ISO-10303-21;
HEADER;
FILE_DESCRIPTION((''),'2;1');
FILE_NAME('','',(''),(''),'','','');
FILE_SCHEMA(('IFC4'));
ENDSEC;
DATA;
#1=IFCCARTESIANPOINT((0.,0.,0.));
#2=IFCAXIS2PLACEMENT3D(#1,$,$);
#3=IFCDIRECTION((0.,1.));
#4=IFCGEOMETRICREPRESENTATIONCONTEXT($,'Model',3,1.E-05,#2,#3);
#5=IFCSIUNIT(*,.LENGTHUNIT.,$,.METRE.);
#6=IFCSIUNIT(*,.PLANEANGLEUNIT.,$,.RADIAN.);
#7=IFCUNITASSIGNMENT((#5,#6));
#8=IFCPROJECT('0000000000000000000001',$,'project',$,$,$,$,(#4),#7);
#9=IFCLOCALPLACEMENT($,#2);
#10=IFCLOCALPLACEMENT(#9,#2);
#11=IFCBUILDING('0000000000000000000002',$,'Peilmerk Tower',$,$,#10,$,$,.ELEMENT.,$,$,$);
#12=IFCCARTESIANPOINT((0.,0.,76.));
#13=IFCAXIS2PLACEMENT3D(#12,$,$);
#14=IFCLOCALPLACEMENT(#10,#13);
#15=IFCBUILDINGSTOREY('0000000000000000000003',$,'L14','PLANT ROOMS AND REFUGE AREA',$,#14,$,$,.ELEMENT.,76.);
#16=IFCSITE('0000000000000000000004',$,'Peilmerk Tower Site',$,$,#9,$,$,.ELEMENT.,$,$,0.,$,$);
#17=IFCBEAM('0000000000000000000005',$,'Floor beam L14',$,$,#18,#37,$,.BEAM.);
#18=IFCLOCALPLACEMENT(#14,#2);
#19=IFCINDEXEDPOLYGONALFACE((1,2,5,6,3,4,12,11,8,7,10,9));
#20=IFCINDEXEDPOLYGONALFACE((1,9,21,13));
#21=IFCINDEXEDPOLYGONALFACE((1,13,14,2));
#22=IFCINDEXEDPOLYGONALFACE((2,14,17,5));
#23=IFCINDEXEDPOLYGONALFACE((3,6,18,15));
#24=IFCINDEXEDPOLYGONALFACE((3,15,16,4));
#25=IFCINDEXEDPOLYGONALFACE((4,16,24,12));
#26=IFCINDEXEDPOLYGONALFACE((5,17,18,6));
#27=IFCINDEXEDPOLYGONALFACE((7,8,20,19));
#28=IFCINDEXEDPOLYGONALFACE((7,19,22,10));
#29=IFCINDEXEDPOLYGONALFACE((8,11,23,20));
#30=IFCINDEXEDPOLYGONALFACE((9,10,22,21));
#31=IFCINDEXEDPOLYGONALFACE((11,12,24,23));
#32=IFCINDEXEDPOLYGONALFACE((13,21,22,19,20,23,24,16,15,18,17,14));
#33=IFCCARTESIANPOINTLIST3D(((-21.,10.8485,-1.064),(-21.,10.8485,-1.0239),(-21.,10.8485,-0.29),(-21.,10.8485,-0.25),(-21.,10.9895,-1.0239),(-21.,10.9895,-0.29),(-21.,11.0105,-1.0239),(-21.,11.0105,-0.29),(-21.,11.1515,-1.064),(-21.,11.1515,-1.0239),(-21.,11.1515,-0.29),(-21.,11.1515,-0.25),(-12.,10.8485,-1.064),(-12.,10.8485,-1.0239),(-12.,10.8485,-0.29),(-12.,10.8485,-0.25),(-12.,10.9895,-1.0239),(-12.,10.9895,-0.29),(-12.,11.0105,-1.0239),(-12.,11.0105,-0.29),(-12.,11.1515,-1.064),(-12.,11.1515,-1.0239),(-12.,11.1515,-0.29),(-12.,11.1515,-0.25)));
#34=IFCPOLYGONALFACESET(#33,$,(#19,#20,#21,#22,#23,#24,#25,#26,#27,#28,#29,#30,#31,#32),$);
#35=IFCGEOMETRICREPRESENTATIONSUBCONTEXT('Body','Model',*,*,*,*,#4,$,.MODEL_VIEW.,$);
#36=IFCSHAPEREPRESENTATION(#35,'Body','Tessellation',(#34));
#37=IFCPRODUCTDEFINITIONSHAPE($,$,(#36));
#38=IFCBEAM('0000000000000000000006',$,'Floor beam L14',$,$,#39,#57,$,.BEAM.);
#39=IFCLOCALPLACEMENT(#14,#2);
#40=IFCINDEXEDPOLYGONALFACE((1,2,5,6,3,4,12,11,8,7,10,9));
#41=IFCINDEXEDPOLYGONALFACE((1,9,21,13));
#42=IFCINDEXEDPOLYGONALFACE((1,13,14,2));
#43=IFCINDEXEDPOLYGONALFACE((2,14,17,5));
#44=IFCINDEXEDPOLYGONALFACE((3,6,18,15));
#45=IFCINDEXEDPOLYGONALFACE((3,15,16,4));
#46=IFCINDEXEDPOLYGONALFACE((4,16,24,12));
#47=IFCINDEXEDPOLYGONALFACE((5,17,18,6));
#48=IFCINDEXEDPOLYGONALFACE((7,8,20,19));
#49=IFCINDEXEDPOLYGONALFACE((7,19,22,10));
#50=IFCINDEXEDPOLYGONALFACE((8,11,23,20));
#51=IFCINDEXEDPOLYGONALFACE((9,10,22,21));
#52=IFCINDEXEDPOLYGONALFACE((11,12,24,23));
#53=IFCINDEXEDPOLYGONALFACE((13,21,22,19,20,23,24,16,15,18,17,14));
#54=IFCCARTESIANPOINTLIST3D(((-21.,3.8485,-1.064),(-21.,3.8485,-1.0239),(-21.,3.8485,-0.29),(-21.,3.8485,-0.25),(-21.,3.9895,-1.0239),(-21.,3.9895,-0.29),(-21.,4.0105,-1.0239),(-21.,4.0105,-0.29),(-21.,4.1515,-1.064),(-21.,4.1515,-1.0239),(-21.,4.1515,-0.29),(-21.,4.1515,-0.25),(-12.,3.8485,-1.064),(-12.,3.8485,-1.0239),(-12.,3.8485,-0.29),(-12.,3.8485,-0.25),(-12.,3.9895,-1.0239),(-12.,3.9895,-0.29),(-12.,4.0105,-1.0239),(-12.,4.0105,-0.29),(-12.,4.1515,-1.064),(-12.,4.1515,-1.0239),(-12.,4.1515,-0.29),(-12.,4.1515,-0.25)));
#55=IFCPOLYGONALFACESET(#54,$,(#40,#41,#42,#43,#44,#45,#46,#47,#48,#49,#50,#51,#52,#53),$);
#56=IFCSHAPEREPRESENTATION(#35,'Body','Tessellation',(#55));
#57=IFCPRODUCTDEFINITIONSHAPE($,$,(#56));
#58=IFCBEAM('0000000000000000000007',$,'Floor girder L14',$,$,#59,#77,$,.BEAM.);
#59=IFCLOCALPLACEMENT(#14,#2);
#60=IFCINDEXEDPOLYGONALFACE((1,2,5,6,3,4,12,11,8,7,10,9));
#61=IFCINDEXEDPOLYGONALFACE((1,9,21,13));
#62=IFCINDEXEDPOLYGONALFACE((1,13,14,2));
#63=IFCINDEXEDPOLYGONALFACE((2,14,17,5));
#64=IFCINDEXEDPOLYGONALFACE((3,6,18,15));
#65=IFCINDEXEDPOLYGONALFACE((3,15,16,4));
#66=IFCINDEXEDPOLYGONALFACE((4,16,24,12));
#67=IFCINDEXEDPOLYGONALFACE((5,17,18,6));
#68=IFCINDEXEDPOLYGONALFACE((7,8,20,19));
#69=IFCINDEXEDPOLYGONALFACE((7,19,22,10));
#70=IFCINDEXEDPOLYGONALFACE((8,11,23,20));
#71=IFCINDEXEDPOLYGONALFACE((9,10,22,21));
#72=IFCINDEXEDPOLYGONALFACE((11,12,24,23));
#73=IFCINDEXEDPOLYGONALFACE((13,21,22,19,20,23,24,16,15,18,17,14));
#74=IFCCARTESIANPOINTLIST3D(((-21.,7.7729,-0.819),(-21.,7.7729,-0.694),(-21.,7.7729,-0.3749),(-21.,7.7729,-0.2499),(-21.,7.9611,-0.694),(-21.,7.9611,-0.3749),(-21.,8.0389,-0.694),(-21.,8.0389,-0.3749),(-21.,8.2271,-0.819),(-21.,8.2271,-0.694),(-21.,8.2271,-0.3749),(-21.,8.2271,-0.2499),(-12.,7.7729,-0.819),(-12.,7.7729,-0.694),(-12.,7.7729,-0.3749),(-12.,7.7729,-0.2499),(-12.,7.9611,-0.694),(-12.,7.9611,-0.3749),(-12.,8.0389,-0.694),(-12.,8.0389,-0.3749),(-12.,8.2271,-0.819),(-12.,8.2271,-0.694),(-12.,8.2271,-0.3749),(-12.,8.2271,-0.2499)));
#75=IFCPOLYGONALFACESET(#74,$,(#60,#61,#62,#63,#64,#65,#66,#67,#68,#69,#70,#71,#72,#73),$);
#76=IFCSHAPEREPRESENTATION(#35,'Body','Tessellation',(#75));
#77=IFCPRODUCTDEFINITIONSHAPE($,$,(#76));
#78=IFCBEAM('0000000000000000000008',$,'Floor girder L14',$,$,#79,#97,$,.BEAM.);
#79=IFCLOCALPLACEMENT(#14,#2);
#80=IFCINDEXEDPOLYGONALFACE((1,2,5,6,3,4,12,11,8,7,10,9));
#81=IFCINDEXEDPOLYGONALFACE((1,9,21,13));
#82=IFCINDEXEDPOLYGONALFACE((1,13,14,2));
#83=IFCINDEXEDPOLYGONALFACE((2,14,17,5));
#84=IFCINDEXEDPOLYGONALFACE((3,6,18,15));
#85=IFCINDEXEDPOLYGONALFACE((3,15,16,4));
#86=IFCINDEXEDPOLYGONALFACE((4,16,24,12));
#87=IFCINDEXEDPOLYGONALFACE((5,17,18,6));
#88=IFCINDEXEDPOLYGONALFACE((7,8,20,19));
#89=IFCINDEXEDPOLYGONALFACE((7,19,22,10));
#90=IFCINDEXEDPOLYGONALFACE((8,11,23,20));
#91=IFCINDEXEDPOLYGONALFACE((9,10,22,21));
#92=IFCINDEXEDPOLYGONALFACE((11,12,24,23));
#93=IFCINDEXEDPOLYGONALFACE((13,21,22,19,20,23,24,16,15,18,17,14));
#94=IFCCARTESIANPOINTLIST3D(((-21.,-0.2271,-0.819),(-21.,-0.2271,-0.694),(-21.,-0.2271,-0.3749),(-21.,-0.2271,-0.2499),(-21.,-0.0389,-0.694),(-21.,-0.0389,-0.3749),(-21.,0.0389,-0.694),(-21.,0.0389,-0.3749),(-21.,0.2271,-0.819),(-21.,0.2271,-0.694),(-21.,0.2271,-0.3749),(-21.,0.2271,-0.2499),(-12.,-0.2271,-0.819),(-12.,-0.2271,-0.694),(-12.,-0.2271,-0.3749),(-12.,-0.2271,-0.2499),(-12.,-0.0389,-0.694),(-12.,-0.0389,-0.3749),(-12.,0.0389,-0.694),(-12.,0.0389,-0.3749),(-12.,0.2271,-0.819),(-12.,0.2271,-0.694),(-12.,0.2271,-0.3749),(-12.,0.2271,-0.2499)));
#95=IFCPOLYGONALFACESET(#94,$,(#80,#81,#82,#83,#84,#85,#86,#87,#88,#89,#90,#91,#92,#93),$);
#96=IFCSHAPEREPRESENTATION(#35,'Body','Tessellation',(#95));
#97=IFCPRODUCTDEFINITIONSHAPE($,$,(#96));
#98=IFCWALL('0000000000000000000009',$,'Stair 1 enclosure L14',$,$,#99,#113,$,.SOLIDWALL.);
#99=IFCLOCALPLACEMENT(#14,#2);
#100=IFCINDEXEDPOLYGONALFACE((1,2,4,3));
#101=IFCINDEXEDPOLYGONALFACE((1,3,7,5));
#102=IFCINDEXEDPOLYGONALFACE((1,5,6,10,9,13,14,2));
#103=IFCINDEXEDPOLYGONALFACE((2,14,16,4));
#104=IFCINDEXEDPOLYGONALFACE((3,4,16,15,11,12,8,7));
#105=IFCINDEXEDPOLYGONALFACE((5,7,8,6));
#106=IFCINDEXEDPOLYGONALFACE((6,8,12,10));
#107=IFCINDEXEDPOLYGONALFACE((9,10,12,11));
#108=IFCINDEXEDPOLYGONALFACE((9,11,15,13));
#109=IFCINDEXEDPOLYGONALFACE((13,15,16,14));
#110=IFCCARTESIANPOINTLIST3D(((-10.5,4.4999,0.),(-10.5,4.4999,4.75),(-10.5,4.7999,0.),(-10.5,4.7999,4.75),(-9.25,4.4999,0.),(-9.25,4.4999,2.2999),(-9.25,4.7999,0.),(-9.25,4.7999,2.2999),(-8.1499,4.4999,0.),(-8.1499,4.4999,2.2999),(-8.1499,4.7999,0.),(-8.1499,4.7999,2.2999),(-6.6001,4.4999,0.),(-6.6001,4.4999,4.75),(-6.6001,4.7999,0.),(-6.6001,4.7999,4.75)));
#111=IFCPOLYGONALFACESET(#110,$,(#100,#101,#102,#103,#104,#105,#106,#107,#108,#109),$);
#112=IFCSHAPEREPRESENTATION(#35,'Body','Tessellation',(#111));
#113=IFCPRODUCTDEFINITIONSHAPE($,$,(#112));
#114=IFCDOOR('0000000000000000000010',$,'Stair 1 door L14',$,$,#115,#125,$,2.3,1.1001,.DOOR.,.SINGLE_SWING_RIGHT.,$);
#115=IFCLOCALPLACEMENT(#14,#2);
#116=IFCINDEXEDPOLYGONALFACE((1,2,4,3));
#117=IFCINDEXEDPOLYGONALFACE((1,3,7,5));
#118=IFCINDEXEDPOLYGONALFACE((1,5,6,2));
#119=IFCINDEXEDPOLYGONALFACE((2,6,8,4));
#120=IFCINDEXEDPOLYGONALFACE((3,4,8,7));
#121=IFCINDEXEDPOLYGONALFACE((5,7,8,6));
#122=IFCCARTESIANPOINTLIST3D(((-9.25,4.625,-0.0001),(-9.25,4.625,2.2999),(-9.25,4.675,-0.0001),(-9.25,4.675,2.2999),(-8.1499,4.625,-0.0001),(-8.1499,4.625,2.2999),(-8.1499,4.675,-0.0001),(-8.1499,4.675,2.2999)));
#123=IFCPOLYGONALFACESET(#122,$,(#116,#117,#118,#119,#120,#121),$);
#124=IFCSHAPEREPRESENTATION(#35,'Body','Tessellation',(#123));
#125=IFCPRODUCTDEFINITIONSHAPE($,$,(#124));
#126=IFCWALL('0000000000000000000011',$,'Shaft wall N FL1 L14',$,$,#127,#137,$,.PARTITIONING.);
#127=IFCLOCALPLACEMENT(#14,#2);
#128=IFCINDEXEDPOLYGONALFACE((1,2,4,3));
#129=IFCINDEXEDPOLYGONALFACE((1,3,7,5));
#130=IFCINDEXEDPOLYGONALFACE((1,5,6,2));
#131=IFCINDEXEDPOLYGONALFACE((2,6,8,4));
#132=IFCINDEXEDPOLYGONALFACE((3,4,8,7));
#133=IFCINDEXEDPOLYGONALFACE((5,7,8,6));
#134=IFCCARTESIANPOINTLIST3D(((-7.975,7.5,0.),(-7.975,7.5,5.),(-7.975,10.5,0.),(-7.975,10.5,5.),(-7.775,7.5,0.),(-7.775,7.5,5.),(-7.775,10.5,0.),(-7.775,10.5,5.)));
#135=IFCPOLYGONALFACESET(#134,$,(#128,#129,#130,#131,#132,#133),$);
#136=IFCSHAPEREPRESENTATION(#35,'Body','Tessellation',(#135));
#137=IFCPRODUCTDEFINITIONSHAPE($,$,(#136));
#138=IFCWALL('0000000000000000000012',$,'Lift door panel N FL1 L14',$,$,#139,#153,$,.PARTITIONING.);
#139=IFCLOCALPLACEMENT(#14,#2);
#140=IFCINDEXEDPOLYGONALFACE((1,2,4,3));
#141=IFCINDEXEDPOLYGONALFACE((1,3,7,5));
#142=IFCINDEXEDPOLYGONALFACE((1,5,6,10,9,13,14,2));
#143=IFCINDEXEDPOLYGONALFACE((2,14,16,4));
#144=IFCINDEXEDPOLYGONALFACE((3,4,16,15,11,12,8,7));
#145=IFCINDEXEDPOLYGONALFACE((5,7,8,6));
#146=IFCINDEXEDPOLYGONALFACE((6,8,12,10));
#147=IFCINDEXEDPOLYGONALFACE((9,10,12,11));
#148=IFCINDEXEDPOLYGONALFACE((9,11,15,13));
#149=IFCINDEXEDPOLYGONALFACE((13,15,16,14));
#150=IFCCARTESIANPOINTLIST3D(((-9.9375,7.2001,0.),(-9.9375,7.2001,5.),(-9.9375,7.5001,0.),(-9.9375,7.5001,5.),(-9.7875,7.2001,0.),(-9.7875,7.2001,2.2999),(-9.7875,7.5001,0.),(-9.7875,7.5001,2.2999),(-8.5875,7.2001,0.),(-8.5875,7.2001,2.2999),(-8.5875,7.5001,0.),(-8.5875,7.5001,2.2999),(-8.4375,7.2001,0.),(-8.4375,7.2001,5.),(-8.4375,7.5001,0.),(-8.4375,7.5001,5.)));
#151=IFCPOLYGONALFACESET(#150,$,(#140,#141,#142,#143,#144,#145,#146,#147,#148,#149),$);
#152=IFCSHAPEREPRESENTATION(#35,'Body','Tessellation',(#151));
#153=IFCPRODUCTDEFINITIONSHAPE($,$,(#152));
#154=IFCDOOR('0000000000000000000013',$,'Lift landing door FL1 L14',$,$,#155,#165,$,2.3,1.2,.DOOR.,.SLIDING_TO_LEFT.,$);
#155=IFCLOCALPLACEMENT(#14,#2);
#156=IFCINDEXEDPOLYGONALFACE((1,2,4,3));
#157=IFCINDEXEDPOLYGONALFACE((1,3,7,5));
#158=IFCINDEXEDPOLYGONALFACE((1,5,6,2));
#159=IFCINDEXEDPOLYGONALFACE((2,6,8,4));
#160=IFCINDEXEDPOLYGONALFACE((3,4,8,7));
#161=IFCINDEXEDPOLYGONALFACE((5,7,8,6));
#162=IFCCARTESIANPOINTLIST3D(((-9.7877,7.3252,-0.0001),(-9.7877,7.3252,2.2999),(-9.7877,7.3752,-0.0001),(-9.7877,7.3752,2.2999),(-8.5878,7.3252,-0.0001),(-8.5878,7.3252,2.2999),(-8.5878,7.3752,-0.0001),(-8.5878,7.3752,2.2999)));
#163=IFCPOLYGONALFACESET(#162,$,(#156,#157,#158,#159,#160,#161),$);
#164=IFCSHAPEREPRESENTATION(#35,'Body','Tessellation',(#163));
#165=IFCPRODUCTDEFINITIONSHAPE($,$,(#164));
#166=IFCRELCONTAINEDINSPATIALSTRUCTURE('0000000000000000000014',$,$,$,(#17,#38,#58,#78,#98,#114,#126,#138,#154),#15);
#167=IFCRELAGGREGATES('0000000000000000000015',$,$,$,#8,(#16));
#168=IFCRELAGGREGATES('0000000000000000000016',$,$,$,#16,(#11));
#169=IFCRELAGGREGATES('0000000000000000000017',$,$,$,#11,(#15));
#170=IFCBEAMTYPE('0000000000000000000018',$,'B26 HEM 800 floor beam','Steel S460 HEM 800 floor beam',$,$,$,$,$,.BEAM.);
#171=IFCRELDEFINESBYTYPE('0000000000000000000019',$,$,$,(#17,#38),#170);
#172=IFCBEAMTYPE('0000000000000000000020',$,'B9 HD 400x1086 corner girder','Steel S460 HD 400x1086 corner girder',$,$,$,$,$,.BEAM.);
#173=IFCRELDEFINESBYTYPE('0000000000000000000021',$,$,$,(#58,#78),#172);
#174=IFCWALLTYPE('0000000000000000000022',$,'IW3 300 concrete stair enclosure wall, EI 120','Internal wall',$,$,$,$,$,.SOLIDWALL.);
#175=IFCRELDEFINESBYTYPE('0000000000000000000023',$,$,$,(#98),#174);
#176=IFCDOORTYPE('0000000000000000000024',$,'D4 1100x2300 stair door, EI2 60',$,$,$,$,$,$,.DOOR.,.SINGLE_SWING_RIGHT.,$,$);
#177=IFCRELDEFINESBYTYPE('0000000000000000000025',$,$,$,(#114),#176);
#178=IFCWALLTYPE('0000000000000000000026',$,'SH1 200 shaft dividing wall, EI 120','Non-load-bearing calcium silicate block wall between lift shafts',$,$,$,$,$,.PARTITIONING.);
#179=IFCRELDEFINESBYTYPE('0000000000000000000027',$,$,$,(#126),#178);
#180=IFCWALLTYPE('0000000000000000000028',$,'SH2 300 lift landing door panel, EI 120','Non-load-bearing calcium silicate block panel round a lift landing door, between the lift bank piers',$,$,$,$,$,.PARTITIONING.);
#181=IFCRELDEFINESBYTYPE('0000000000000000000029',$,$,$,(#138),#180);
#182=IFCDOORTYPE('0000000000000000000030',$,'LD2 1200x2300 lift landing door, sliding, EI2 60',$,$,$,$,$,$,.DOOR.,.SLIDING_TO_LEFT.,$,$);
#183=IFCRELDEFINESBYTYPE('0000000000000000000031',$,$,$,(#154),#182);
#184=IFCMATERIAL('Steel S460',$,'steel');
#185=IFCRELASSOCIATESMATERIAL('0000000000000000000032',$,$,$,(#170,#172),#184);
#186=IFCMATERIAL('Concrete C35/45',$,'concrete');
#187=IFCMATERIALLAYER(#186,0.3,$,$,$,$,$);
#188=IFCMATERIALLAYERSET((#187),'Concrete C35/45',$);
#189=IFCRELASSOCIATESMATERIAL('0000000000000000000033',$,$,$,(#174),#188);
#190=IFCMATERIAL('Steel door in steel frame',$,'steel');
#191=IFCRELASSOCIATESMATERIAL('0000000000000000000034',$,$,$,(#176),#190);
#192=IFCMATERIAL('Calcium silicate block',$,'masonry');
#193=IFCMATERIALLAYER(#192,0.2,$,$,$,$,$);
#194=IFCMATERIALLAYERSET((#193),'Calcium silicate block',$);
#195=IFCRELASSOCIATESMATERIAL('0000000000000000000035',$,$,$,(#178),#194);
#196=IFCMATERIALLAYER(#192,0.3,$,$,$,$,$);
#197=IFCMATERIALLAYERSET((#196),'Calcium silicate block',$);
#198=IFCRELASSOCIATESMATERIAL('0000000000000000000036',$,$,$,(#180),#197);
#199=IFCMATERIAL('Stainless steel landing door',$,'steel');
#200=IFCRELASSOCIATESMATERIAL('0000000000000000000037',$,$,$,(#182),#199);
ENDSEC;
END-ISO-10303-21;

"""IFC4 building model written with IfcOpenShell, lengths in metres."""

from ifc_helpers import new_model, si_unit, direction, frame, frame_2d, origin, origin_2d, place, context, subcontext, project, spatial, rectangle, i_section, extrude, material, layer, layer_set, material_profile, profile_set, type_object, element, fill, save


model = new_model("IFC4")

# Units and contexts
model_context = context("Model", 3, precision=1e-05, world=origin(), true_north=direction((0.0, 1.0)))
body_context = subcontext(model_context, "Body", "Model", "MODEL_VIEW")
ifc_project = project(units=[si_unit("LENGTHUNIT", "METRE"), si_unit("PLANEANGLEUNIT", "RADIAN")], contexts=[model_context])

# Site, building, storey
site_placement = place(None, origin())
site = spatial("IfcSite", under=ifc_project, at=site_placement, Name="Peilmerk Tower Site", CompositionType="ELEMENT", RefElevation=0.0)
building_placement = place(site_placement, origin())
building = spatial("IfcBuilding", under=site, at=building_placement, Name="Peilmerk Tower", CompositionType="ELEMENT")
storey_placement = place(building_placement, frame((0.0, 0.0, 76.0)))
storey = spatial("IfcBuildingStorey", under=building, at=storey_placement, Name="L14", Description="PLANT ROOMS AND REFUGE AREA", CompositionType="ELEMENT", Elevation=76.0)

# Beams
ifc_material_1 = material(Name="Steel S460", Category="steel")
ifc_material_profile_1 = material_profile(ifc_material_1, i_section(OverallWidth=0.303, OverallDepth=0.814, WebThickness=0.021, FlangeThickness=0.04, at=origin_2d()), Name="HEM 800")
ifc_profile_set_1 = profile_set([ifc_material_profile_1], Name="Steel S460")
beam_type_1 = type_object("IfcBeamType", Name="B26 HEM 800 floor beam", Description="Steel S460 HEM 800 floor beam", PredefinedType="BEAM", material=ifc_profile_set_1)
for number, where, z_axis, x_axis, name in (
    (1, (-12.0, 11.0, -0.657), (-1.0, 0.0, 0.0), (0.0, -1.0, 0.0), "Floor beam L14"),
    (2, (-12.0, 4.0, -0.657), (-1.0, 0.0, 0.0), (0.0, -1.0, 0.0), "Floor beam L14"),
):
    element("IfcBeam", number, at=place(storey_placement, frame(where, z_axis=z_axis, x_axis=x_axis)), inside=storey, type_object=beam_type_1, Name=name, PredefinedType="BEAM", context=body_context, shape_type="SweptSolid", body=[
        extrude(i_section(OverallWidth=0.303, OverallDepth=0.814, WebThickness=0.021, FlangeThickness=0.04, at=origin_2d()), origin(), (0.0, 0.0, 1.0), 9.0),
    ])
ifc_material_profile_2 = material_profile(ifc_material_1, i_section(OverallWidth=0.4541, OverallDepth=0.5691, WebThickness=0.0779, FlangeThickness=0.125, at=origin_2d()), Name="HD 400x1086")
ifc_profile_set_2 = profile_set([ifc_material_profile_2], Name="Steel S460")
beam_type_2 = type_object("IfcBeamType", Name="B9 HD 400x1086 corner girder", Description="Steel S460 HD 400x1086 corner girder", PredefinedType="BEAM", material=ifc_profile_set_2)
for number, where, z_axis, x_axis, name in (
    (3, (-12.0, 8.0, -0.5344), (-1.0, 0.0, 0.0), (0.0, -1.0, 0.0), "Floor girder L14"),
    (4, (-12.0, 0.0, -0.5344), (-1.0, 0.0, 0.0), (0.0, -1.0, 0.0), "Floor girder L14"),
):
    element("IfcBeam", number, at=place(storey_placement, frame(where, z_axis=z_axis, x_axis=x_axis)), inside=storey, type_object=beam_type_2, Name=name, PredefinedType="BEAM", context=body_context, shape_type="SweptSolid", body=[
        extrude(i_section(OverallWidth=0.4541, OverallDepth=0.5691, WebThickness=0.0779, FlangeThickness=0.125, at=origin_2d()), origin(), (0.0, 0.0, 1.0), 9.0),
    ])

# Wall, opening, door
ifc_material_2 = material(Name="Concrete C35/45", Category="concrete")
ifc_layer_1 = layer(ifc_material_2, 0.3)
ifc_layer_set_1 = layer_set([ifc_layer_1], Name="Concrete C35/45")
wall_type_1 = type_object("IfcWallType", Name="IW3 300 concrete stair enclosure wall, EI 120", Description="Internal wall", PredefinedType="SOLIDWALL", material=ifc_layer_set_1)
wall_1_placement = place(storey_placement, frame((-10.5, 4.6499, 0.0), z_axis=(0.0, 0.0, 1.0), x_axis=(1.0, 0.0, 0.0)))
wall_1 = element("IfcWall", 5, at=wall_1_placement, inside=storey, type_object=wall_type_1, Name="Stair 1 enclosure L14", PredefinedType="SOLIDWALL", context=body_context, shape_type="SweptSolid", body=[
    extrude(rectangle(XDim=3.8999, YDim=0.3, at=frame_2d((1.95, 0.0))), origin(), (0.0, 0.0, 1.0), 4.75),
])
opening_1_placement = place(wall_1_placement, frame((1.25, 0.0, 0.0)))
opening_1 = element("IfcOpeningElement", 6, at=opening_1_placement, cuts=wall_1, PredefinedType="OPENING", context=body_context, shape_type="SweptSolid", body=[
    extrude(rectangle(XDim=1.1001, YDim=2.3, at=frame_2d((0.55, 1.1499))), frame((0.0, 0.1599, 0.0), z_axis=(0.0, -1.0, 0.0), x_axis=(1.0, 0.0, 0.0)), (0.0, 0.0, 1.0), 0.3201),
])
ifc_material_3 = material(Name="Steel door in steel frame", Category="steel")
door_type_1 = type_object("IfcDoorType", Name="D4 1100x2300 stair door, EI2 60", OperationType="SINGLE_SWING_RIGHT", PredefinedType="DOOR", material=ifc_material_3)
door_1_placement = place(opening_1_placement, frame((1.1001, 0.0, 0.0), z_axis=(0.0, 0.0, 1.0), x_axis=(-1.0, 0.0, 0.0)))
door_1 = element("IfcDoor", 7, at=door_1_placement, inside=storey, type_object=door_type_1, Name="Stair 1 door L14", OperationType="SINGLE_SWING_RIGHT", OverallHeight=2.3, OverallWidth=1.1001, PredefinedType="DOOR", context=body_context, shape_type="SweptSolid", body=[
    extrude(rectangle(XDim=1.1001, YDim=2.3, at=frame_2d((0.55, 1.1499))), frame((0.0, 0.0249, 0.0), z_axis=(0.0, -1.0, 0.0), x_axis=(1.0, 0.0, 0.0)), (0.0, 0.0, 1.0), 0.05),
])
fill(opening_1, door_1)

# Wall
ifc_material_4 = material(Name="Calcium silicate block", Category="masonry")
ifc_layer_2 = layer(ifc_material_4, 0.2)
ifc_layer_set_2 = layer_set([ifc_layer_2], Name="Calcium silicate block")
wall_type_2 = type_object("IfcWallType", Name="SH1 200 shaft dividing wall, EI 120", Description="Non-load-bearing calcium silicate block wall between lift shafts", PredefinedType="PARTITIONING", material=ifc_layer_set_2)
wall_2_placement = place(storey_placement, frame((-7.875, 7.5, 0.0), z_axis=(0.0, 0.0, 1.0), x_axis=(0.0, 1.0, 0.0)))
element("IfcWall", 8, at=wall_2_placement, inside=storey, type_object=wall_type_2, Name="Shaft wall N FL1 L14", PredefinedType="PARTITIONING", context=body_context, shape_type="SweptSolid", body=[
    extrude(rectangle(XDim=3.0, YDim=0.2, at=frame_2d((1.5, 0.0))), origin(), (0.0, 0.0, 1.0), 5.0),
])

# Wall, opening, door
ifc_layer_3 = layer(ifc_material_4, 0.3)
ifc_layer_set_3 = layer_set([ifc_layer_3], Name="Calcium silicate block")
wall_type_3 = type_object("IfcWallType", Name="SH2 300 lift landing door panel, EI 120", Description="Non-load-bearing calcium silicate block panel round a lift landing door, between the lift bank piers", PredefinedType="PARTITIONING", material=ifc_layer_set_3)
wall_3_placement = place(storey_placement, frame((-9.9375, 7.3501, 0.0), z_axis=(0.0, 0.0, 1.0), x_axis=(1.0, 0.0, 0.0)))
wall_3 = element("IfcWall", 9, at=wall_3_placement, inside=storey, type_object=wall_type_3, Name="Lift door panel N FL1 L14", PredefinedType="PARTITIONING", context=body_context, shape_type="SweptSolid", body=[
    extrude(rectangle(XDim=1.5, YDim=0.3, at=frame_2d((0.75, 0.0))), origin(), (0.0, 0.0, 1.0), 5.0),
])
opening_2_placement = place(wall_3_placement, frame((0.1499, 0.0, 0.0)))
opening_2 = element("IfcOpeningElement", 10, at=opening_2_placement, cuts=wall_3, PredefinedType="OPENING", context=body_context, shape_type="SweptSolid", body=[
    extrude(rectangle(XDim=1.2, YDim=2.3, at=frame_2d((0.6001, 1.1499))), frame((0.0, 0.1599, 0.0), z_axis=(0.0, -1.0, 0.0), x_axis=(1.0, 0.0, 0.0)), (0.0, 0.0, 1.0), 0.3201),
])
ifc_material_5 = material(Name="Stainless steel landing door", Category="steel")
door_type_2 = type_object("IfcDoorType", Name="LD2 1200x2300 lift landing door, sliding, EI2 60", OperationType="SLIDING_TO_LEFT", PredefinedType="DOOR", material=ifc_material_5)
door_2_placement = place(opening_2_placement, frame((1.2, 0.0, 0.0), z_axis=(0.0, 0.0, 1.0), x_axis=(-1.0, 0.0, 0.0)))
door_2 = element("IfcDoor", 11, at=door_2_placement, inside=storey, type_object=door_type_2, Name="Lift landing door FL1 L14", OperationType="SLIDING_TO_LEFT", OverallHeight=2.3, OverallWidth=1.2, PredefinedType="DOOR", context=body_context, shape_type="SweptSolid", body=[
    extrude(rectangle(XDim=1.2, YDim=2.3, at=frame_2d((0.6001, 1.1499))), frame((0.0, 0.0249, 0.0), z_axis=(0.0, -1.0, 0.0), x_axis=(1.0, 0.0, 0.0)), (0.0, 0.0, 1.0), 0.05),
])
fill(opening_2, door_2)

save(model, "model.ifc")
